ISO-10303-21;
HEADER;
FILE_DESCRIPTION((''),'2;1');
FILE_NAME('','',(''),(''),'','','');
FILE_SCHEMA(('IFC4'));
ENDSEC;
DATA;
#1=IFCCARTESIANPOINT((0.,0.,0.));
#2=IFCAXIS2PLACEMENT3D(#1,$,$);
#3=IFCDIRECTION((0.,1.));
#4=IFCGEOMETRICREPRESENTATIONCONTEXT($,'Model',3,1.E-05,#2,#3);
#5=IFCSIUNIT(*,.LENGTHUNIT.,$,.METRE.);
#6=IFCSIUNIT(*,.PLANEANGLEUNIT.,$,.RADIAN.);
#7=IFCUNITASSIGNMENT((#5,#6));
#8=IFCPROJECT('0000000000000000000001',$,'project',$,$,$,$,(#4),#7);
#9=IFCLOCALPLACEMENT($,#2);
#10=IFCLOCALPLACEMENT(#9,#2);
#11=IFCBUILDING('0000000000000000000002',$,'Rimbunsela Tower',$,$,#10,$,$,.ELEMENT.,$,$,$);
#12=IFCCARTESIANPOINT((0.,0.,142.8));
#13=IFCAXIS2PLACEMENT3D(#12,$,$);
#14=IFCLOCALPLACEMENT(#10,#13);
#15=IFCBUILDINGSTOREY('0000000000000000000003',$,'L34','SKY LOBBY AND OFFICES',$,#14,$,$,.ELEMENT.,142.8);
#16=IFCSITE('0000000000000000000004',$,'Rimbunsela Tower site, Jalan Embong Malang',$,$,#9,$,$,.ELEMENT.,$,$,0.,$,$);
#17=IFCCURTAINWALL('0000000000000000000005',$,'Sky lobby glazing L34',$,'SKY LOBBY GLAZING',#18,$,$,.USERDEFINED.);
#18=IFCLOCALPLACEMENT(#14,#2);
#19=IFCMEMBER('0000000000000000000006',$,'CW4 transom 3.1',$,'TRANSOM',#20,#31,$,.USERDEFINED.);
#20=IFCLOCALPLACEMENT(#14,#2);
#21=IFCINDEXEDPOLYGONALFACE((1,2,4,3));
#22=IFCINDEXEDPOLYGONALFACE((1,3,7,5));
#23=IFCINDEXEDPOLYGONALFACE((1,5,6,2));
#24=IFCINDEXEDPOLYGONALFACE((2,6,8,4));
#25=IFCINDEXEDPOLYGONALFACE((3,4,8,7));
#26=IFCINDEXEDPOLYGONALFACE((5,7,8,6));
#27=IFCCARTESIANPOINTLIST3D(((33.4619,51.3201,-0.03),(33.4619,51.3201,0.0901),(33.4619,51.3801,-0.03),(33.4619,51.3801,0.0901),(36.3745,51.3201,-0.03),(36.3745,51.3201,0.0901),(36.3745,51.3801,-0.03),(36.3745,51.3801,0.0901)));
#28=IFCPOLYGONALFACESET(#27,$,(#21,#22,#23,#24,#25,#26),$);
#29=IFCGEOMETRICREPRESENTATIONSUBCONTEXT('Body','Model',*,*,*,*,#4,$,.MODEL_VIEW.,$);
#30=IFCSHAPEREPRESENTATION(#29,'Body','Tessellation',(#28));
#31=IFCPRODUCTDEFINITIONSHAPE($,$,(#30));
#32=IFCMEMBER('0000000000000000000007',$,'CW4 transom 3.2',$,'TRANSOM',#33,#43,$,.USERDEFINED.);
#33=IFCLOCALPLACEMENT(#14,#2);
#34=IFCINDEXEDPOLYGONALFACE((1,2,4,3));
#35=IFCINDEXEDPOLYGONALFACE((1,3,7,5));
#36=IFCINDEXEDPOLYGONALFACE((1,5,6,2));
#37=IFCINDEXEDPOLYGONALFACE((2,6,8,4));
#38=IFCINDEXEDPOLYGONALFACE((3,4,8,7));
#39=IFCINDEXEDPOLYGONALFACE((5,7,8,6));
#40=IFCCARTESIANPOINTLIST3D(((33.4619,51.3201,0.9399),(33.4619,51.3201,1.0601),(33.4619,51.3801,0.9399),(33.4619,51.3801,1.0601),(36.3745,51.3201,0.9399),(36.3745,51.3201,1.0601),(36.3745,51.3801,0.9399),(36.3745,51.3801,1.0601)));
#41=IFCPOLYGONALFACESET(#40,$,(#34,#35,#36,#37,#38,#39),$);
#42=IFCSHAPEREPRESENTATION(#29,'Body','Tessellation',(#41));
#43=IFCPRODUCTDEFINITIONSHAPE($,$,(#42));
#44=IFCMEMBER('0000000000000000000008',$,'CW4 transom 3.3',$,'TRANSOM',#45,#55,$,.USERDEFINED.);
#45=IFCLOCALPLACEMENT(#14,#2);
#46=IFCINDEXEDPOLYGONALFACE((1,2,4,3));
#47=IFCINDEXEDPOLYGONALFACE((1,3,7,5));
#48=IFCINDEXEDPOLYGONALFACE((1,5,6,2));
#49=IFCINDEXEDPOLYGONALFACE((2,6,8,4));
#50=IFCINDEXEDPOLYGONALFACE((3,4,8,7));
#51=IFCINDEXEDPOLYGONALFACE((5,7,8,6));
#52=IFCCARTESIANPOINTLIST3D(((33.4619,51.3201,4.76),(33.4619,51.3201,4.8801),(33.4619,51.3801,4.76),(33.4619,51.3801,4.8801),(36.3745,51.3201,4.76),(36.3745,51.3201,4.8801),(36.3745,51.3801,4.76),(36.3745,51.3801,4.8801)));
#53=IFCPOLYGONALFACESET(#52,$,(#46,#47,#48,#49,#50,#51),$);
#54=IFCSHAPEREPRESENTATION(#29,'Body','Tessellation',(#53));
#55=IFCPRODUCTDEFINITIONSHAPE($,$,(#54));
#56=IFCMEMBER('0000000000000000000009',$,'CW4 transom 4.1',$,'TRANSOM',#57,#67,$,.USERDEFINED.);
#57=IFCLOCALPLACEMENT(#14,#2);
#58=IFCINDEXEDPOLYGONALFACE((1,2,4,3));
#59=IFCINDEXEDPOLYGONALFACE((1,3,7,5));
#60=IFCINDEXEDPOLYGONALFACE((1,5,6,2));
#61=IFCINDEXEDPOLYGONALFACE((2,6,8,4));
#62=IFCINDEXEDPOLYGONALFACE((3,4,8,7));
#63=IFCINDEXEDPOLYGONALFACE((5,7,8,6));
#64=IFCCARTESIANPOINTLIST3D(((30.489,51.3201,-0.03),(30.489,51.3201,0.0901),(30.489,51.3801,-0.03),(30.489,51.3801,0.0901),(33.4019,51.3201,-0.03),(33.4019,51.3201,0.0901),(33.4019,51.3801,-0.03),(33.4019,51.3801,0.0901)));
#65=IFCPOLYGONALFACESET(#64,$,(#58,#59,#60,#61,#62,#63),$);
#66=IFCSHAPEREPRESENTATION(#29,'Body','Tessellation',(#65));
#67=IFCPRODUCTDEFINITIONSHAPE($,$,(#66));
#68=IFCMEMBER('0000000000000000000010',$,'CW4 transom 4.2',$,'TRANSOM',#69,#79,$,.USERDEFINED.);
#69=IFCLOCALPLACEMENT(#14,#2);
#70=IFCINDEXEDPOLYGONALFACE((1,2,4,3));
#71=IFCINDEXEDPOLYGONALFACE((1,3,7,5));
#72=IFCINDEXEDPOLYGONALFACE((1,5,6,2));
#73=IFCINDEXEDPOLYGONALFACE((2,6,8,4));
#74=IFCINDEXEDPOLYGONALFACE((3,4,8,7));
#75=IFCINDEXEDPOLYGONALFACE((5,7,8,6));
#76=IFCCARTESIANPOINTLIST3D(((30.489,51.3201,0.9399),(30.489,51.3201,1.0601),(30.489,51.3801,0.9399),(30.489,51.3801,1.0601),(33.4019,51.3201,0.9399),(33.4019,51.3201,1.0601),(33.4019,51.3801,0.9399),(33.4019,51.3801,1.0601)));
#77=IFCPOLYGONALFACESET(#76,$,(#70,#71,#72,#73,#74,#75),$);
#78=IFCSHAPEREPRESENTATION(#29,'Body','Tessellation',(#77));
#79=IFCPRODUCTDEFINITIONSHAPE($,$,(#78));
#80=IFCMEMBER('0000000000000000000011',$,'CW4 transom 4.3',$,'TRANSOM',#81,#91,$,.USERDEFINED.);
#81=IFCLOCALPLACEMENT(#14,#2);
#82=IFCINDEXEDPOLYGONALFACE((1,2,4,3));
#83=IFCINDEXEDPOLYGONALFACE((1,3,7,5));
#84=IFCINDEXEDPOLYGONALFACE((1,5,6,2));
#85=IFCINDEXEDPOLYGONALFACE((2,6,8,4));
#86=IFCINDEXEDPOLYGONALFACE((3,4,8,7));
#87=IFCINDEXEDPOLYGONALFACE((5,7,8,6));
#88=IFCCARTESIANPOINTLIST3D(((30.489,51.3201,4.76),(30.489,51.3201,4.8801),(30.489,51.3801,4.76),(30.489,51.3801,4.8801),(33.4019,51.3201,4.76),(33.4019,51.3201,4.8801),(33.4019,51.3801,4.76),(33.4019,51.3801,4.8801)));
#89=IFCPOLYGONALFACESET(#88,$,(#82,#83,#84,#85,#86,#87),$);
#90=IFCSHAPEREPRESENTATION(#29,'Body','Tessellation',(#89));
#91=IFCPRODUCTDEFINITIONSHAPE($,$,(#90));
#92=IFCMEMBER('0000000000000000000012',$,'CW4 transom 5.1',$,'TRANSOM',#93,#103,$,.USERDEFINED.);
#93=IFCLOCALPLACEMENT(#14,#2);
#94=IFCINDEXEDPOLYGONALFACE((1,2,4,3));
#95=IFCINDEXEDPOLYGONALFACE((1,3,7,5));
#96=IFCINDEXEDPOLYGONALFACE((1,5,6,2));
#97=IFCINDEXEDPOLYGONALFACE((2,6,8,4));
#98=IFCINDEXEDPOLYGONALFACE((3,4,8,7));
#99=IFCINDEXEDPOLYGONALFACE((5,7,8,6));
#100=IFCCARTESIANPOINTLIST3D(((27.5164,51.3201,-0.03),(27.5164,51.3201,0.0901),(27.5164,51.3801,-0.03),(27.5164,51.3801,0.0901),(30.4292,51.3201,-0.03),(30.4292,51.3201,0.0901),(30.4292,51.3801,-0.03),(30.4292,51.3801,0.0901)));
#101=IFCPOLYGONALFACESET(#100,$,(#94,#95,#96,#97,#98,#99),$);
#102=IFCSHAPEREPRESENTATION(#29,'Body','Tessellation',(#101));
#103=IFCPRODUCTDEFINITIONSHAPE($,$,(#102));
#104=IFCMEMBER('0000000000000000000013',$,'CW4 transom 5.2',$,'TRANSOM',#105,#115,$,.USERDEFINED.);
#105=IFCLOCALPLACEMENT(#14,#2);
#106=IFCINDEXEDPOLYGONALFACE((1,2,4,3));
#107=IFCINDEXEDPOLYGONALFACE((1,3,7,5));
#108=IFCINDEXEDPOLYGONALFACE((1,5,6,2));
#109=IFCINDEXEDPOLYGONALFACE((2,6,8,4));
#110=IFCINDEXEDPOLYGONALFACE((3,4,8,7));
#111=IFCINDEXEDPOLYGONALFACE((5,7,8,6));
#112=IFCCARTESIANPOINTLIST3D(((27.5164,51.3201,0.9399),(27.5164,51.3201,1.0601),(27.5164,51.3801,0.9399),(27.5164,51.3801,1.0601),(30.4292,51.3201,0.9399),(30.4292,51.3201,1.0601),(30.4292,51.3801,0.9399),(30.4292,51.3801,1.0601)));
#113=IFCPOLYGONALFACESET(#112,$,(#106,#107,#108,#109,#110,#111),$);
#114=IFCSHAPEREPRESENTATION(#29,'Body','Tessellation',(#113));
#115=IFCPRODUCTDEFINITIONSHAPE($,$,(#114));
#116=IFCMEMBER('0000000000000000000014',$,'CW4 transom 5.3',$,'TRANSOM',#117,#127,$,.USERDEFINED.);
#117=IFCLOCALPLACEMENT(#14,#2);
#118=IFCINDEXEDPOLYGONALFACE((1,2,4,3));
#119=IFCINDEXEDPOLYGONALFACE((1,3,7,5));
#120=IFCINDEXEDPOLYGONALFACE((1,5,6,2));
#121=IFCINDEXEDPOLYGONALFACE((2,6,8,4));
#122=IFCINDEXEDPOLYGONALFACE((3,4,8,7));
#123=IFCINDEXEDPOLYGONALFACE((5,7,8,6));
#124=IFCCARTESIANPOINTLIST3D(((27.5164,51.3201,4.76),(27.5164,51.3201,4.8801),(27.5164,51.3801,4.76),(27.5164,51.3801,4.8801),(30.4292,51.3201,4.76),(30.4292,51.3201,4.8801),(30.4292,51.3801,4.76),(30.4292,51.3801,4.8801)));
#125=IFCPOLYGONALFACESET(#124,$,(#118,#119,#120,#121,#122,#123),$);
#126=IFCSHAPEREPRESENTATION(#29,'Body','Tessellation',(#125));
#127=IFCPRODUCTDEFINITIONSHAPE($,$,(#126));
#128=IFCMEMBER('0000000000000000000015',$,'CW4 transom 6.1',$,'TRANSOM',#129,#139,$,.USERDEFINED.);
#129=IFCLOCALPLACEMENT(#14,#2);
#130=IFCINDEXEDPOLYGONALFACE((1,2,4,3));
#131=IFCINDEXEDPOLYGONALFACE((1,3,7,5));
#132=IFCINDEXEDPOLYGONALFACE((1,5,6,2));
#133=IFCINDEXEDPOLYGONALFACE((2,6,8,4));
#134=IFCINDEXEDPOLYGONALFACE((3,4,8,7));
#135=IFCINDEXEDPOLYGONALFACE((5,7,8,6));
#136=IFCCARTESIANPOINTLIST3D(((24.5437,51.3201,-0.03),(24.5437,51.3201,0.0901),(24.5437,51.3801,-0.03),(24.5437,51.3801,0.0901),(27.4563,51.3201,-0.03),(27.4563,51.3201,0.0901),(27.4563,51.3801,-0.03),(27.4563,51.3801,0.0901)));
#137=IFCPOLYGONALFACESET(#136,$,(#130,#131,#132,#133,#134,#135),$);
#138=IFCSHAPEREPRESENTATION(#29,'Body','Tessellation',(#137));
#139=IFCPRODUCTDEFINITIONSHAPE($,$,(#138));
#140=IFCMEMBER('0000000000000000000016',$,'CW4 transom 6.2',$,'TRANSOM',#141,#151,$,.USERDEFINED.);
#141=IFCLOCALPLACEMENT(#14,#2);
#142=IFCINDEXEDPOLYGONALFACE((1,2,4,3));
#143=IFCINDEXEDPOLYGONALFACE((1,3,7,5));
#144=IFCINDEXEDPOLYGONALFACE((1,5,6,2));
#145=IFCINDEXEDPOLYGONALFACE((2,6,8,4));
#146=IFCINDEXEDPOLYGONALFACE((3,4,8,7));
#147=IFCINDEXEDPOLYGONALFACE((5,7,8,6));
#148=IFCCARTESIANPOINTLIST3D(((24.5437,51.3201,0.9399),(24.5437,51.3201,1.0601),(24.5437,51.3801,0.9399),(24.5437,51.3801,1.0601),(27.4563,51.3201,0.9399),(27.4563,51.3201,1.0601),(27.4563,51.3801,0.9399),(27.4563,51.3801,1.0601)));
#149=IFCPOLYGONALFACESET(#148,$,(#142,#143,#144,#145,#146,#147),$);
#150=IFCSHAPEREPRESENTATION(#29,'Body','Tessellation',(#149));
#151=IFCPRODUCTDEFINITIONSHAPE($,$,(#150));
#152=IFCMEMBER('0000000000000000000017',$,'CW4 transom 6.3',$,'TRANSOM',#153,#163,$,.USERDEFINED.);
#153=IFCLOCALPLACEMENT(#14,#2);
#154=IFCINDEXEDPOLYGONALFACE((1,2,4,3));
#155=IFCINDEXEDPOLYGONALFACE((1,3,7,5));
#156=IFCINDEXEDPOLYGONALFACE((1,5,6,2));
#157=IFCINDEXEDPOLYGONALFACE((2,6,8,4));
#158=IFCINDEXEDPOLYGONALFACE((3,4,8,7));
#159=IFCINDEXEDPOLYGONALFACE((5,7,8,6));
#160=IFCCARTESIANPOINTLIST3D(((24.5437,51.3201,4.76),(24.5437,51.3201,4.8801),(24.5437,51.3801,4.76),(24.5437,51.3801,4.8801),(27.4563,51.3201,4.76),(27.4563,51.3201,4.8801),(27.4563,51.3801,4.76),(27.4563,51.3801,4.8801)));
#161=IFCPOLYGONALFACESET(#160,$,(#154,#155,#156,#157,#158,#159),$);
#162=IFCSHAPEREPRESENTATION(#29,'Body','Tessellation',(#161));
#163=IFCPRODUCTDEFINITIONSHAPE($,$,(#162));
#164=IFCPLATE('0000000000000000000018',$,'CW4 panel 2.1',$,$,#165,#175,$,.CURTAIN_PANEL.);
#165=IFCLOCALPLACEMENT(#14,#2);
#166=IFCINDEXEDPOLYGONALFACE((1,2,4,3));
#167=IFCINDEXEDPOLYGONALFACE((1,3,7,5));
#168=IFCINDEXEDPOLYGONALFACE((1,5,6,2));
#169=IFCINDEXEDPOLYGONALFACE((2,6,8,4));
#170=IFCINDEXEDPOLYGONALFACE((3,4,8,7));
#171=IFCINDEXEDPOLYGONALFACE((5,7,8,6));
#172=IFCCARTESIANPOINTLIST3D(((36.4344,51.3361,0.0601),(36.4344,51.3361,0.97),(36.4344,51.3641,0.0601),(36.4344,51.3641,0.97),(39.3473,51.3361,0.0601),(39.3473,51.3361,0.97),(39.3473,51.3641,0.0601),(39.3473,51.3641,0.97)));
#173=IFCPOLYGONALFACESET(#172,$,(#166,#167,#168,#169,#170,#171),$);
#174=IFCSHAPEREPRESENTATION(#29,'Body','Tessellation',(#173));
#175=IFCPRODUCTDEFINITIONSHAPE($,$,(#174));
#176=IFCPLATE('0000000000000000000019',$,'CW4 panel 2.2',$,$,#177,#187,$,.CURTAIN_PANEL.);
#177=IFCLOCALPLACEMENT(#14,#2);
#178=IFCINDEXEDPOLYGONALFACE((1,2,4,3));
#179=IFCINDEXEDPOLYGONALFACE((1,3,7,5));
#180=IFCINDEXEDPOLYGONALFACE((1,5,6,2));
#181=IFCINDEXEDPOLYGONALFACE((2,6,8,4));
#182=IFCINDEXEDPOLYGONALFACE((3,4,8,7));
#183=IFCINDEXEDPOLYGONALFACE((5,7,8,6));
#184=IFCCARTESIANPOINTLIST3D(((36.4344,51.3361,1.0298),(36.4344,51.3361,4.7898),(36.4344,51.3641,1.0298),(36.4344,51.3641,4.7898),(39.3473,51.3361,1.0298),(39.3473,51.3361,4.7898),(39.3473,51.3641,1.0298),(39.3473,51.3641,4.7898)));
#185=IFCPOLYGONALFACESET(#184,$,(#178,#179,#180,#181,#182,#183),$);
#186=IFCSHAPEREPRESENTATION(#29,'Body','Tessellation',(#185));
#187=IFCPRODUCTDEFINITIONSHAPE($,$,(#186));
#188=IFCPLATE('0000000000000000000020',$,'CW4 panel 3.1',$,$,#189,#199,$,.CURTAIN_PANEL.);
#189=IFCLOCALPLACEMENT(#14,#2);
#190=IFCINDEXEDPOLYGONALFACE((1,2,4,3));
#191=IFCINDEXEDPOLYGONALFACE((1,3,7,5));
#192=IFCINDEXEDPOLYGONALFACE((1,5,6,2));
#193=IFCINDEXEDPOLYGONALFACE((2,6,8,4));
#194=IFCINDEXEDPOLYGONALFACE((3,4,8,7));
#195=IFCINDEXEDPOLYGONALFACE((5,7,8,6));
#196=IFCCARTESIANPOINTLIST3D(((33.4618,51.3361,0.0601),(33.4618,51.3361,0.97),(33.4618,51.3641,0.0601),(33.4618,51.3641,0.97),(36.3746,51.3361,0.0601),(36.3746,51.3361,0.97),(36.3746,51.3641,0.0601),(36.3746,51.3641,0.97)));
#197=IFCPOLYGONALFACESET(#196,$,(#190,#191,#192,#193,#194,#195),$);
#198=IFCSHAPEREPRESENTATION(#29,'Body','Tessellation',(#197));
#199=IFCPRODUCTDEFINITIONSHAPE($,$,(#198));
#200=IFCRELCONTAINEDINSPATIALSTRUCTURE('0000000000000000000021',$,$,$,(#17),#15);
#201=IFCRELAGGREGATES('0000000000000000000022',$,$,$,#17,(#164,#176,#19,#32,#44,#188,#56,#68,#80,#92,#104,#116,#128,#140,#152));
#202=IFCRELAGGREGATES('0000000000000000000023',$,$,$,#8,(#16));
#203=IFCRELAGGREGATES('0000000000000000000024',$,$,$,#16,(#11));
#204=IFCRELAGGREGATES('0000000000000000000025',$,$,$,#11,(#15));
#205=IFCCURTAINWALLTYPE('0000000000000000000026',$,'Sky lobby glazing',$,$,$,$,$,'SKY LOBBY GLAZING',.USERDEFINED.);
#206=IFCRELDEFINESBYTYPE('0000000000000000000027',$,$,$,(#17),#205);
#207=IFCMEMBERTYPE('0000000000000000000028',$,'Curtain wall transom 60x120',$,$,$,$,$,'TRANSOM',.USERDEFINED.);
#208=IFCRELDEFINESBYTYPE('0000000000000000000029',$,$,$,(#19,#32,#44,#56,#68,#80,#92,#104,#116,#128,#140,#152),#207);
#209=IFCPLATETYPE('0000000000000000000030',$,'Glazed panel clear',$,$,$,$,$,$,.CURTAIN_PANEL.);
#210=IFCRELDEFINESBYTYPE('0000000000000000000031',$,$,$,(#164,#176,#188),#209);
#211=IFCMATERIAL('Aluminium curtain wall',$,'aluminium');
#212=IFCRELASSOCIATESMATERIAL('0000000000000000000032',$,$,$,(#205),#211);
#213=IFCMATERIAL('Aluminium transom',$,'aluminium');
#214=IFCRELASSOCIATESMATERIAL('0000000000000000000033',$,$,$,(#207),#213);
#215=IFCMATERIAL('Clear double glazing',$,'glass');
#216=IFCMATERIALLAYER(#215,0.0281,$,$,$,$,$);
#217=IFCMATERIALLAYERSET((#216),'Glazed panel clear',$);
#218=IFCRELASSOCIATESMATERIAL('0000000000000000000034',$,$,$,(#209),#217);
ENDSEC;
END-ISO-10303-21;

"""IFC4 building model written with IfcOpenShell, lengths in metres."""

from ifc_helpers import new_model, si_unit, direction, frame, origin, origin_2d, place, context, subcontext, project, spatial, rectangle, extrude, material, layer, layer_set, material_profile, profile_set, type_object, element, aggregate, save


model = new_model("IFC4")

# Units and contexts
model_context = context("Model", 3, precision=1e-05, world=origin(), true_north=direction((0.0, 1.0)))
body_context = subcontext(model_context, "Body", "Model", "MODEL_VIEW")
ifc_project = project(units=[si_unit("LENGTHUNIT", "METRE"), si_unit("PLANEANGLEUNIT", "RADIAN")], contexts=[model_context])

# Site, building, storey
site_placement = place(None, origin())
site = spatial("IfcSite", under=ifc_project, at=site_placement, Name="Rimbunsela Tower site, Jalan Embong Malang", CompositionType="ELEMENT", RefElevation=0.0)
building_placement = place(site_placement, origin())
building = spatial("IfcBuilding", under=site, at=building_placement, Name="Rimbunsela Tower", CompositionType="ELEMENT")
storey_placement = place(building_placement, frame((0.0, 0.0, 142.8)))
storey = spatial("IfcBuildingStorey", under=building, at=storey_placement, Name="L34", Description="SKY LOBBY AND OFFICES", CompositionType="ELEMENT", Elevation=142.8)

# Curtain wall, members, plates
ifc_material_1 = material(Name="Aluminium curtain wall", Category="aluminium")
curtain_wall_type = type_object("IfcCurtainWallType", Name="Sky lobby glazing", ElementType="SKY LOBBY GLAZING", PredefinedType="USERDEFINED", material=ifc_material_1)
curtain_wall_placement = place(storey_placement, origin())
curtain_wall = element("IfcCurtainWall", 1, at=curtain_wall_placement, inside=storey, type_object=curtain_wall_type, Name="Sky lobby glazing L34", ObjectType="SKY LOBBY GLAZING", PredefinedType="USERDEFINED")
ifc_material_2 = material(Name="Aluminium transom", Category="aluminium")
ifc_material_profile_1 = material_profile(ifc_material_2, rectangle(XDim=0.0601, YDim=0.1201, at=origin_2d()), Name="Transom 60x120")
ifc_profile_set_1 = profile_set([ifc_material_profile_1], Name="Aluminium transom")
member_type_1 = type_object("IfcMemberType", Name="Curtain wall transom 60x120", ElementType="TRANSOM", PredefinedType="USERDEFINED", material=ifc_profile_set_1)
member_1_placement = place(storey_placement, frame((36.3745, 51.3501, 0.03), z_axis=(-1.0, 0.0, 0.0), x_axis=(0.0, -1.0, 0.0)))
member_1 = element("IfcMember", 2, at=member_1_placement, type_object=member_type_1, Name="CW4 transom 3.1", ObjectType="TRANSOM", PredefinedType="USERDEFINED", context=body_context, shape_type="SweptSolid", body=[
    extrude(rectangle(XDim=0.0601, YDim=0.1201, at=origin_2d()), origin(), (0.0, 0.0, 1.0), 2.9126),
])
member_2_placement = place(storey_placement, frame((36.3745, 51.3501, 1.0), z_axis=(-1.0, 0.0, 0.0), x_axis=(0.0, -1.0, 0.0)))
member_2 = element("IfcMember", 3, at=member_2_placement, type_object=member_type_1, Name="CW4 transom 3.2", ObjectType="TRANSOM", PredefinedType="USERDEFINED", context=body_context, shape_type="SweptSolid", body=[
    extrude(rectangle(XDim=0.0601, YDim=0.1201, at=origin_2d()), origin(), (0.0, 0.0, 1.0), 2.9126),
])
member_3_placement = place(storey_placement, frame((36.3745, 51.3501, 4.8201), z_axis=(-1.0, 0.0, 0.0), x_axis=(0.0, -1.0, 0.0)))
member_3 = element("IfcMember", 4, at=member_3_placement, type_object=member_type_1, Name="CW4 transom 3.3", ObjectType="TRANSOM", PredefinedType="USERDEFINED", context=body_context, shape_type="SweptSolid", body=[
    extrude(rectangle(XDim=0.0601, YDim=0.1201, at=origin_2d()), origin(), (0.0, 0.0, 1.0), 2.9126),
])
member_4_placement = place(storey_placement, frame((33.4019, 51.3501, 0.03), z_axis=(-1.0, 0.0, 0.0), x_axis=(0.0, -1.0, 0.0)))
member_4 = element("IfcMember", 5, at=member_4_placement, type_object=member_type_1, Name="CW4 transom 4.1", ObjectType="TRANSOM", PredefinedType="USERDEFINED", context=body_context, shape_type="SweptSolid", body=[
    extrude(rectangle(XDim=0.0601, YDim=0.1201, at=origin_2d()), origin(), (0.0, 0.0, 1.0), 2.9128),
])
member_5_placement = place(storey_placement, frame((33.4019, 51.3501, 1.0), z_axis=(-1.0, 0.0, 0.0), x_axis=(0.0, -1.0, 0.0)))
member_5 = element("IfcMember", 6, at=member_5_placement, type_object=member_type_1, Name="CW4 transom 4.2", ObjectType="TRANSOM", PredefinedType="USERDEFINED", context=body_context, shape_type="SweptSolid", body=[
    extrude(rectangle(XDim=0.0601, YDim=0.1201, at=origin_2d()), origin(), (0.0, 0.0, 1.0), 2.9128),
])
member_6_placement = place(storey_placement, frame((33.4019, 51.3501, 4.8201), z_axis=(-1.0, 0.0, 0.0), x_axis=(0.0, -1.0, 0.0)))
member_6 = element("IfcMember", 7, at=member_6_placement, type_object=member_type_1, Name="CW4 transom 4.3", ObjectType="TRANSOM", PredefinedType="USERDEFINED", context=body_context, shape_type="SweptSolid", body=[
    extrude(rectangle(XDim=0.0601, YDim=0.1201, at=origin_2d()), origin(), (0.0, 0.0, 1.0), 2.9128),
])
member_7_placement = place(storey_placement, frame((30.4292, 51.3501, 0.03), z_axis=(-1.0, 0.0, 0.0), x_axis=(0.0, -1.0, 0.0)))
member_7 = element("IfcMember", 8, at=member_7_placement, type_object=member_type_1, Name="CW4 transom 5.1", ObjectType="TRANSOM", PredefinedType="USERDEFINED", context=body_context, shape_type="SweptSolid", body=[
    extrude(rectangle(XDim=0.0601, YDim=0.1201, at=origin_2d()), origin(), (0.0, 0.0, 1.0), 2.9128),
])
member_8_placement = place(storey_placement, frame((30.4292, 51.3501, 1.0), z_axis=(-1.0, 0.0, 0.0), x_axis=(0.0, -1.0, 0.0)))
member_8 = element("IfcMember", 9, at=member_8_placement, type_object=member_type_1, Name="CW4 transom 5.2", ObjectType="TRANSOM", PredefinedType="USERDEFINED", context=body_context, shape_type="SweptSolid", body=[
    extrude(rectangle(XDim=0.0601, YDim=0.1201, at=origin_2d()), origin(), (0.0, 0.0, 1.0), 2.9128),
])
member_9_placement = place(storey_placement, frame((30.4292, 51.3501, 4.8201), z_axis=(-1.0, 0.0, 0.0), x_axis=(0.0, -1.0, 0.0)))
member_9 = element("IfcMember", 10, at=member_9_placement, type_object=member_type_1, Name="CW4 transom 5.3", ObjectType="TRANSOM", PredefinedType="USERDEFINED", context=body_context, shape_type="SweptSolid", body=[
    extrude(rectangle(XDim=0.0601, YDim=0.1201, at=origin_2d()), origin(), (0.0, 0.0, 1.0), 2.9128),
])
member_10_placement = place(storey_placement, frame((27.4563, 51.3501, 0.03), z_axis=(-1.0, 0.0, 0.0), x_axis=(0.0, -1.0, 0.0)))
member_10 = element("IfcMember", 11, at=member_10_placement, type_object=member_type_1, Name="CW4 transom 6.1", ObjectType="TRANSOM", PredefinedType="USERDEFINED", context=body_context, shape_type="SweptSolid", body=[
    extrude(rectangle(XDim=0.0601, YDim=0.1201, at=origin_2d()), origin(), (0.0, 0.0, 1.0), 2.9126),
])
member_11_placement = place(storey_placement, frame((27.4563, 51.3501, 1.0), z_axis=(-1.0, 0.0, 0.0), x_axis=(0.0, -1.0, 0.0)))
member_11 = element("IfcMember", 12, at=member_11_placement, type_object=member_type_1, Name="CW4 transom 6.2", ObjectType="TRANSOM", PredefinedType="USERDEFINED", context=body_context, shape_type="SweptSolid", body=[
    extrude(rectangle(XDim=0.0601, YDim=0.1201, at=origin_2d()), origin(), (0.0, 0.0, 1.0), 2.9126),
])
member_12_placement = place(storey_placement, frame((27.4563, 51.3501, 4.8201), z_axis=(-1.0, 0.0, 0.0), x_axis=(0.0, -1.0, 0.0)))
member_12 = element("IfcMember", 13, at=member_12_placement, type_object=member_type_1, Name="CW4 transom 6.3", ObjectType="TRANSOM", PredefinedType="USERDEFINED", context=body_context, shape_type="SweptSolid", body=[
    extrude(rectangle(XDim=0.0601, YDim=0.1201, at=origin_2d()), origin(), (0.0, 0.0, 1.0), 2.9126),
])
ifc_material_3 = material(Name="Clear double glazing", Category="glass")
ifc_layer = layer(ifc_material_3, 0.0281)
ifc_layer_set = layer_set([ifc_layer], Name="Glazed panel clear")
plate_type = type_object("IfcPlateType", Name="Glazed panel clear", PredefinedType="CURTAIN_PANEL", material=ifc_layer_set)
plate_1_placement = place(storey_placement, frame((37.8909, 51.3501, 0.0601), z_axis=(0.0, 0.0, 1.0), x_axis=(-1.0, 0.0, 0.0)))
plate_1 = element("IfcPlate", 14, at=plate_1_placement, type_object=plate_type, Name="CW4 panel 2.1", PredefinedType="CURTAIN_PANEL", context=body_context, shape_type="SweptSolid", body=[
    extrude(rectangle(XDim=2.9128, YDim=0.0281, at=origin_2d()), origin(), (0.0, 0.0, 1.0), 0.9099),
])
plate_2_placement = place(storey_placement, frame((37.8909, 51.3501, 1.0298), z_axis=(0.0, 0.0, 1.0), x_axis=(-1.0, 0.0, 0.0)))
plate_2 = element("IfcPlate", 15, at=plate_2_placement, type_object=plate_type, Name="CW4 panel 2.2", PredefinedType="CURTAIN_PANEL", context=body_context, shape_type="SweptSolid", body=[
    extrude(rectangle(XDim=2.9128, YDim=0.0281, at=origin_2d()), origin(), (0.0, 0.0, 1.0), 3.76),
])
plate_3_placement = place(storey_placement, frame((34.9182, 51.3501, 0.0601), z_axis=(0.0, 0.0, 1.0), x_axis=(-1.0, 0.0, 0.0)))
plate_3 = element("IfcPlate", 16, at=plate_3_placement, type_object=plate_type, Name="CW4 panel 3.1", PredefinedType="CURTAIN_PANEL", context=body_context, shape_type="SweptSolid", body=[
    extrude(rectangle(XDim=2.9128, YDim=0.0281, at=origin_2d()), origin(), (0.0, 0.0, 1.0), 0.9099),
])
aggregate(curtain_wall, [plate_1, plate_2, member_1, member_2, member_3, plate_3, member_4, member_5, member_6, member_7, member_8, member_9, member_10, member_11, member_12])

save(model, "model.ifc")
